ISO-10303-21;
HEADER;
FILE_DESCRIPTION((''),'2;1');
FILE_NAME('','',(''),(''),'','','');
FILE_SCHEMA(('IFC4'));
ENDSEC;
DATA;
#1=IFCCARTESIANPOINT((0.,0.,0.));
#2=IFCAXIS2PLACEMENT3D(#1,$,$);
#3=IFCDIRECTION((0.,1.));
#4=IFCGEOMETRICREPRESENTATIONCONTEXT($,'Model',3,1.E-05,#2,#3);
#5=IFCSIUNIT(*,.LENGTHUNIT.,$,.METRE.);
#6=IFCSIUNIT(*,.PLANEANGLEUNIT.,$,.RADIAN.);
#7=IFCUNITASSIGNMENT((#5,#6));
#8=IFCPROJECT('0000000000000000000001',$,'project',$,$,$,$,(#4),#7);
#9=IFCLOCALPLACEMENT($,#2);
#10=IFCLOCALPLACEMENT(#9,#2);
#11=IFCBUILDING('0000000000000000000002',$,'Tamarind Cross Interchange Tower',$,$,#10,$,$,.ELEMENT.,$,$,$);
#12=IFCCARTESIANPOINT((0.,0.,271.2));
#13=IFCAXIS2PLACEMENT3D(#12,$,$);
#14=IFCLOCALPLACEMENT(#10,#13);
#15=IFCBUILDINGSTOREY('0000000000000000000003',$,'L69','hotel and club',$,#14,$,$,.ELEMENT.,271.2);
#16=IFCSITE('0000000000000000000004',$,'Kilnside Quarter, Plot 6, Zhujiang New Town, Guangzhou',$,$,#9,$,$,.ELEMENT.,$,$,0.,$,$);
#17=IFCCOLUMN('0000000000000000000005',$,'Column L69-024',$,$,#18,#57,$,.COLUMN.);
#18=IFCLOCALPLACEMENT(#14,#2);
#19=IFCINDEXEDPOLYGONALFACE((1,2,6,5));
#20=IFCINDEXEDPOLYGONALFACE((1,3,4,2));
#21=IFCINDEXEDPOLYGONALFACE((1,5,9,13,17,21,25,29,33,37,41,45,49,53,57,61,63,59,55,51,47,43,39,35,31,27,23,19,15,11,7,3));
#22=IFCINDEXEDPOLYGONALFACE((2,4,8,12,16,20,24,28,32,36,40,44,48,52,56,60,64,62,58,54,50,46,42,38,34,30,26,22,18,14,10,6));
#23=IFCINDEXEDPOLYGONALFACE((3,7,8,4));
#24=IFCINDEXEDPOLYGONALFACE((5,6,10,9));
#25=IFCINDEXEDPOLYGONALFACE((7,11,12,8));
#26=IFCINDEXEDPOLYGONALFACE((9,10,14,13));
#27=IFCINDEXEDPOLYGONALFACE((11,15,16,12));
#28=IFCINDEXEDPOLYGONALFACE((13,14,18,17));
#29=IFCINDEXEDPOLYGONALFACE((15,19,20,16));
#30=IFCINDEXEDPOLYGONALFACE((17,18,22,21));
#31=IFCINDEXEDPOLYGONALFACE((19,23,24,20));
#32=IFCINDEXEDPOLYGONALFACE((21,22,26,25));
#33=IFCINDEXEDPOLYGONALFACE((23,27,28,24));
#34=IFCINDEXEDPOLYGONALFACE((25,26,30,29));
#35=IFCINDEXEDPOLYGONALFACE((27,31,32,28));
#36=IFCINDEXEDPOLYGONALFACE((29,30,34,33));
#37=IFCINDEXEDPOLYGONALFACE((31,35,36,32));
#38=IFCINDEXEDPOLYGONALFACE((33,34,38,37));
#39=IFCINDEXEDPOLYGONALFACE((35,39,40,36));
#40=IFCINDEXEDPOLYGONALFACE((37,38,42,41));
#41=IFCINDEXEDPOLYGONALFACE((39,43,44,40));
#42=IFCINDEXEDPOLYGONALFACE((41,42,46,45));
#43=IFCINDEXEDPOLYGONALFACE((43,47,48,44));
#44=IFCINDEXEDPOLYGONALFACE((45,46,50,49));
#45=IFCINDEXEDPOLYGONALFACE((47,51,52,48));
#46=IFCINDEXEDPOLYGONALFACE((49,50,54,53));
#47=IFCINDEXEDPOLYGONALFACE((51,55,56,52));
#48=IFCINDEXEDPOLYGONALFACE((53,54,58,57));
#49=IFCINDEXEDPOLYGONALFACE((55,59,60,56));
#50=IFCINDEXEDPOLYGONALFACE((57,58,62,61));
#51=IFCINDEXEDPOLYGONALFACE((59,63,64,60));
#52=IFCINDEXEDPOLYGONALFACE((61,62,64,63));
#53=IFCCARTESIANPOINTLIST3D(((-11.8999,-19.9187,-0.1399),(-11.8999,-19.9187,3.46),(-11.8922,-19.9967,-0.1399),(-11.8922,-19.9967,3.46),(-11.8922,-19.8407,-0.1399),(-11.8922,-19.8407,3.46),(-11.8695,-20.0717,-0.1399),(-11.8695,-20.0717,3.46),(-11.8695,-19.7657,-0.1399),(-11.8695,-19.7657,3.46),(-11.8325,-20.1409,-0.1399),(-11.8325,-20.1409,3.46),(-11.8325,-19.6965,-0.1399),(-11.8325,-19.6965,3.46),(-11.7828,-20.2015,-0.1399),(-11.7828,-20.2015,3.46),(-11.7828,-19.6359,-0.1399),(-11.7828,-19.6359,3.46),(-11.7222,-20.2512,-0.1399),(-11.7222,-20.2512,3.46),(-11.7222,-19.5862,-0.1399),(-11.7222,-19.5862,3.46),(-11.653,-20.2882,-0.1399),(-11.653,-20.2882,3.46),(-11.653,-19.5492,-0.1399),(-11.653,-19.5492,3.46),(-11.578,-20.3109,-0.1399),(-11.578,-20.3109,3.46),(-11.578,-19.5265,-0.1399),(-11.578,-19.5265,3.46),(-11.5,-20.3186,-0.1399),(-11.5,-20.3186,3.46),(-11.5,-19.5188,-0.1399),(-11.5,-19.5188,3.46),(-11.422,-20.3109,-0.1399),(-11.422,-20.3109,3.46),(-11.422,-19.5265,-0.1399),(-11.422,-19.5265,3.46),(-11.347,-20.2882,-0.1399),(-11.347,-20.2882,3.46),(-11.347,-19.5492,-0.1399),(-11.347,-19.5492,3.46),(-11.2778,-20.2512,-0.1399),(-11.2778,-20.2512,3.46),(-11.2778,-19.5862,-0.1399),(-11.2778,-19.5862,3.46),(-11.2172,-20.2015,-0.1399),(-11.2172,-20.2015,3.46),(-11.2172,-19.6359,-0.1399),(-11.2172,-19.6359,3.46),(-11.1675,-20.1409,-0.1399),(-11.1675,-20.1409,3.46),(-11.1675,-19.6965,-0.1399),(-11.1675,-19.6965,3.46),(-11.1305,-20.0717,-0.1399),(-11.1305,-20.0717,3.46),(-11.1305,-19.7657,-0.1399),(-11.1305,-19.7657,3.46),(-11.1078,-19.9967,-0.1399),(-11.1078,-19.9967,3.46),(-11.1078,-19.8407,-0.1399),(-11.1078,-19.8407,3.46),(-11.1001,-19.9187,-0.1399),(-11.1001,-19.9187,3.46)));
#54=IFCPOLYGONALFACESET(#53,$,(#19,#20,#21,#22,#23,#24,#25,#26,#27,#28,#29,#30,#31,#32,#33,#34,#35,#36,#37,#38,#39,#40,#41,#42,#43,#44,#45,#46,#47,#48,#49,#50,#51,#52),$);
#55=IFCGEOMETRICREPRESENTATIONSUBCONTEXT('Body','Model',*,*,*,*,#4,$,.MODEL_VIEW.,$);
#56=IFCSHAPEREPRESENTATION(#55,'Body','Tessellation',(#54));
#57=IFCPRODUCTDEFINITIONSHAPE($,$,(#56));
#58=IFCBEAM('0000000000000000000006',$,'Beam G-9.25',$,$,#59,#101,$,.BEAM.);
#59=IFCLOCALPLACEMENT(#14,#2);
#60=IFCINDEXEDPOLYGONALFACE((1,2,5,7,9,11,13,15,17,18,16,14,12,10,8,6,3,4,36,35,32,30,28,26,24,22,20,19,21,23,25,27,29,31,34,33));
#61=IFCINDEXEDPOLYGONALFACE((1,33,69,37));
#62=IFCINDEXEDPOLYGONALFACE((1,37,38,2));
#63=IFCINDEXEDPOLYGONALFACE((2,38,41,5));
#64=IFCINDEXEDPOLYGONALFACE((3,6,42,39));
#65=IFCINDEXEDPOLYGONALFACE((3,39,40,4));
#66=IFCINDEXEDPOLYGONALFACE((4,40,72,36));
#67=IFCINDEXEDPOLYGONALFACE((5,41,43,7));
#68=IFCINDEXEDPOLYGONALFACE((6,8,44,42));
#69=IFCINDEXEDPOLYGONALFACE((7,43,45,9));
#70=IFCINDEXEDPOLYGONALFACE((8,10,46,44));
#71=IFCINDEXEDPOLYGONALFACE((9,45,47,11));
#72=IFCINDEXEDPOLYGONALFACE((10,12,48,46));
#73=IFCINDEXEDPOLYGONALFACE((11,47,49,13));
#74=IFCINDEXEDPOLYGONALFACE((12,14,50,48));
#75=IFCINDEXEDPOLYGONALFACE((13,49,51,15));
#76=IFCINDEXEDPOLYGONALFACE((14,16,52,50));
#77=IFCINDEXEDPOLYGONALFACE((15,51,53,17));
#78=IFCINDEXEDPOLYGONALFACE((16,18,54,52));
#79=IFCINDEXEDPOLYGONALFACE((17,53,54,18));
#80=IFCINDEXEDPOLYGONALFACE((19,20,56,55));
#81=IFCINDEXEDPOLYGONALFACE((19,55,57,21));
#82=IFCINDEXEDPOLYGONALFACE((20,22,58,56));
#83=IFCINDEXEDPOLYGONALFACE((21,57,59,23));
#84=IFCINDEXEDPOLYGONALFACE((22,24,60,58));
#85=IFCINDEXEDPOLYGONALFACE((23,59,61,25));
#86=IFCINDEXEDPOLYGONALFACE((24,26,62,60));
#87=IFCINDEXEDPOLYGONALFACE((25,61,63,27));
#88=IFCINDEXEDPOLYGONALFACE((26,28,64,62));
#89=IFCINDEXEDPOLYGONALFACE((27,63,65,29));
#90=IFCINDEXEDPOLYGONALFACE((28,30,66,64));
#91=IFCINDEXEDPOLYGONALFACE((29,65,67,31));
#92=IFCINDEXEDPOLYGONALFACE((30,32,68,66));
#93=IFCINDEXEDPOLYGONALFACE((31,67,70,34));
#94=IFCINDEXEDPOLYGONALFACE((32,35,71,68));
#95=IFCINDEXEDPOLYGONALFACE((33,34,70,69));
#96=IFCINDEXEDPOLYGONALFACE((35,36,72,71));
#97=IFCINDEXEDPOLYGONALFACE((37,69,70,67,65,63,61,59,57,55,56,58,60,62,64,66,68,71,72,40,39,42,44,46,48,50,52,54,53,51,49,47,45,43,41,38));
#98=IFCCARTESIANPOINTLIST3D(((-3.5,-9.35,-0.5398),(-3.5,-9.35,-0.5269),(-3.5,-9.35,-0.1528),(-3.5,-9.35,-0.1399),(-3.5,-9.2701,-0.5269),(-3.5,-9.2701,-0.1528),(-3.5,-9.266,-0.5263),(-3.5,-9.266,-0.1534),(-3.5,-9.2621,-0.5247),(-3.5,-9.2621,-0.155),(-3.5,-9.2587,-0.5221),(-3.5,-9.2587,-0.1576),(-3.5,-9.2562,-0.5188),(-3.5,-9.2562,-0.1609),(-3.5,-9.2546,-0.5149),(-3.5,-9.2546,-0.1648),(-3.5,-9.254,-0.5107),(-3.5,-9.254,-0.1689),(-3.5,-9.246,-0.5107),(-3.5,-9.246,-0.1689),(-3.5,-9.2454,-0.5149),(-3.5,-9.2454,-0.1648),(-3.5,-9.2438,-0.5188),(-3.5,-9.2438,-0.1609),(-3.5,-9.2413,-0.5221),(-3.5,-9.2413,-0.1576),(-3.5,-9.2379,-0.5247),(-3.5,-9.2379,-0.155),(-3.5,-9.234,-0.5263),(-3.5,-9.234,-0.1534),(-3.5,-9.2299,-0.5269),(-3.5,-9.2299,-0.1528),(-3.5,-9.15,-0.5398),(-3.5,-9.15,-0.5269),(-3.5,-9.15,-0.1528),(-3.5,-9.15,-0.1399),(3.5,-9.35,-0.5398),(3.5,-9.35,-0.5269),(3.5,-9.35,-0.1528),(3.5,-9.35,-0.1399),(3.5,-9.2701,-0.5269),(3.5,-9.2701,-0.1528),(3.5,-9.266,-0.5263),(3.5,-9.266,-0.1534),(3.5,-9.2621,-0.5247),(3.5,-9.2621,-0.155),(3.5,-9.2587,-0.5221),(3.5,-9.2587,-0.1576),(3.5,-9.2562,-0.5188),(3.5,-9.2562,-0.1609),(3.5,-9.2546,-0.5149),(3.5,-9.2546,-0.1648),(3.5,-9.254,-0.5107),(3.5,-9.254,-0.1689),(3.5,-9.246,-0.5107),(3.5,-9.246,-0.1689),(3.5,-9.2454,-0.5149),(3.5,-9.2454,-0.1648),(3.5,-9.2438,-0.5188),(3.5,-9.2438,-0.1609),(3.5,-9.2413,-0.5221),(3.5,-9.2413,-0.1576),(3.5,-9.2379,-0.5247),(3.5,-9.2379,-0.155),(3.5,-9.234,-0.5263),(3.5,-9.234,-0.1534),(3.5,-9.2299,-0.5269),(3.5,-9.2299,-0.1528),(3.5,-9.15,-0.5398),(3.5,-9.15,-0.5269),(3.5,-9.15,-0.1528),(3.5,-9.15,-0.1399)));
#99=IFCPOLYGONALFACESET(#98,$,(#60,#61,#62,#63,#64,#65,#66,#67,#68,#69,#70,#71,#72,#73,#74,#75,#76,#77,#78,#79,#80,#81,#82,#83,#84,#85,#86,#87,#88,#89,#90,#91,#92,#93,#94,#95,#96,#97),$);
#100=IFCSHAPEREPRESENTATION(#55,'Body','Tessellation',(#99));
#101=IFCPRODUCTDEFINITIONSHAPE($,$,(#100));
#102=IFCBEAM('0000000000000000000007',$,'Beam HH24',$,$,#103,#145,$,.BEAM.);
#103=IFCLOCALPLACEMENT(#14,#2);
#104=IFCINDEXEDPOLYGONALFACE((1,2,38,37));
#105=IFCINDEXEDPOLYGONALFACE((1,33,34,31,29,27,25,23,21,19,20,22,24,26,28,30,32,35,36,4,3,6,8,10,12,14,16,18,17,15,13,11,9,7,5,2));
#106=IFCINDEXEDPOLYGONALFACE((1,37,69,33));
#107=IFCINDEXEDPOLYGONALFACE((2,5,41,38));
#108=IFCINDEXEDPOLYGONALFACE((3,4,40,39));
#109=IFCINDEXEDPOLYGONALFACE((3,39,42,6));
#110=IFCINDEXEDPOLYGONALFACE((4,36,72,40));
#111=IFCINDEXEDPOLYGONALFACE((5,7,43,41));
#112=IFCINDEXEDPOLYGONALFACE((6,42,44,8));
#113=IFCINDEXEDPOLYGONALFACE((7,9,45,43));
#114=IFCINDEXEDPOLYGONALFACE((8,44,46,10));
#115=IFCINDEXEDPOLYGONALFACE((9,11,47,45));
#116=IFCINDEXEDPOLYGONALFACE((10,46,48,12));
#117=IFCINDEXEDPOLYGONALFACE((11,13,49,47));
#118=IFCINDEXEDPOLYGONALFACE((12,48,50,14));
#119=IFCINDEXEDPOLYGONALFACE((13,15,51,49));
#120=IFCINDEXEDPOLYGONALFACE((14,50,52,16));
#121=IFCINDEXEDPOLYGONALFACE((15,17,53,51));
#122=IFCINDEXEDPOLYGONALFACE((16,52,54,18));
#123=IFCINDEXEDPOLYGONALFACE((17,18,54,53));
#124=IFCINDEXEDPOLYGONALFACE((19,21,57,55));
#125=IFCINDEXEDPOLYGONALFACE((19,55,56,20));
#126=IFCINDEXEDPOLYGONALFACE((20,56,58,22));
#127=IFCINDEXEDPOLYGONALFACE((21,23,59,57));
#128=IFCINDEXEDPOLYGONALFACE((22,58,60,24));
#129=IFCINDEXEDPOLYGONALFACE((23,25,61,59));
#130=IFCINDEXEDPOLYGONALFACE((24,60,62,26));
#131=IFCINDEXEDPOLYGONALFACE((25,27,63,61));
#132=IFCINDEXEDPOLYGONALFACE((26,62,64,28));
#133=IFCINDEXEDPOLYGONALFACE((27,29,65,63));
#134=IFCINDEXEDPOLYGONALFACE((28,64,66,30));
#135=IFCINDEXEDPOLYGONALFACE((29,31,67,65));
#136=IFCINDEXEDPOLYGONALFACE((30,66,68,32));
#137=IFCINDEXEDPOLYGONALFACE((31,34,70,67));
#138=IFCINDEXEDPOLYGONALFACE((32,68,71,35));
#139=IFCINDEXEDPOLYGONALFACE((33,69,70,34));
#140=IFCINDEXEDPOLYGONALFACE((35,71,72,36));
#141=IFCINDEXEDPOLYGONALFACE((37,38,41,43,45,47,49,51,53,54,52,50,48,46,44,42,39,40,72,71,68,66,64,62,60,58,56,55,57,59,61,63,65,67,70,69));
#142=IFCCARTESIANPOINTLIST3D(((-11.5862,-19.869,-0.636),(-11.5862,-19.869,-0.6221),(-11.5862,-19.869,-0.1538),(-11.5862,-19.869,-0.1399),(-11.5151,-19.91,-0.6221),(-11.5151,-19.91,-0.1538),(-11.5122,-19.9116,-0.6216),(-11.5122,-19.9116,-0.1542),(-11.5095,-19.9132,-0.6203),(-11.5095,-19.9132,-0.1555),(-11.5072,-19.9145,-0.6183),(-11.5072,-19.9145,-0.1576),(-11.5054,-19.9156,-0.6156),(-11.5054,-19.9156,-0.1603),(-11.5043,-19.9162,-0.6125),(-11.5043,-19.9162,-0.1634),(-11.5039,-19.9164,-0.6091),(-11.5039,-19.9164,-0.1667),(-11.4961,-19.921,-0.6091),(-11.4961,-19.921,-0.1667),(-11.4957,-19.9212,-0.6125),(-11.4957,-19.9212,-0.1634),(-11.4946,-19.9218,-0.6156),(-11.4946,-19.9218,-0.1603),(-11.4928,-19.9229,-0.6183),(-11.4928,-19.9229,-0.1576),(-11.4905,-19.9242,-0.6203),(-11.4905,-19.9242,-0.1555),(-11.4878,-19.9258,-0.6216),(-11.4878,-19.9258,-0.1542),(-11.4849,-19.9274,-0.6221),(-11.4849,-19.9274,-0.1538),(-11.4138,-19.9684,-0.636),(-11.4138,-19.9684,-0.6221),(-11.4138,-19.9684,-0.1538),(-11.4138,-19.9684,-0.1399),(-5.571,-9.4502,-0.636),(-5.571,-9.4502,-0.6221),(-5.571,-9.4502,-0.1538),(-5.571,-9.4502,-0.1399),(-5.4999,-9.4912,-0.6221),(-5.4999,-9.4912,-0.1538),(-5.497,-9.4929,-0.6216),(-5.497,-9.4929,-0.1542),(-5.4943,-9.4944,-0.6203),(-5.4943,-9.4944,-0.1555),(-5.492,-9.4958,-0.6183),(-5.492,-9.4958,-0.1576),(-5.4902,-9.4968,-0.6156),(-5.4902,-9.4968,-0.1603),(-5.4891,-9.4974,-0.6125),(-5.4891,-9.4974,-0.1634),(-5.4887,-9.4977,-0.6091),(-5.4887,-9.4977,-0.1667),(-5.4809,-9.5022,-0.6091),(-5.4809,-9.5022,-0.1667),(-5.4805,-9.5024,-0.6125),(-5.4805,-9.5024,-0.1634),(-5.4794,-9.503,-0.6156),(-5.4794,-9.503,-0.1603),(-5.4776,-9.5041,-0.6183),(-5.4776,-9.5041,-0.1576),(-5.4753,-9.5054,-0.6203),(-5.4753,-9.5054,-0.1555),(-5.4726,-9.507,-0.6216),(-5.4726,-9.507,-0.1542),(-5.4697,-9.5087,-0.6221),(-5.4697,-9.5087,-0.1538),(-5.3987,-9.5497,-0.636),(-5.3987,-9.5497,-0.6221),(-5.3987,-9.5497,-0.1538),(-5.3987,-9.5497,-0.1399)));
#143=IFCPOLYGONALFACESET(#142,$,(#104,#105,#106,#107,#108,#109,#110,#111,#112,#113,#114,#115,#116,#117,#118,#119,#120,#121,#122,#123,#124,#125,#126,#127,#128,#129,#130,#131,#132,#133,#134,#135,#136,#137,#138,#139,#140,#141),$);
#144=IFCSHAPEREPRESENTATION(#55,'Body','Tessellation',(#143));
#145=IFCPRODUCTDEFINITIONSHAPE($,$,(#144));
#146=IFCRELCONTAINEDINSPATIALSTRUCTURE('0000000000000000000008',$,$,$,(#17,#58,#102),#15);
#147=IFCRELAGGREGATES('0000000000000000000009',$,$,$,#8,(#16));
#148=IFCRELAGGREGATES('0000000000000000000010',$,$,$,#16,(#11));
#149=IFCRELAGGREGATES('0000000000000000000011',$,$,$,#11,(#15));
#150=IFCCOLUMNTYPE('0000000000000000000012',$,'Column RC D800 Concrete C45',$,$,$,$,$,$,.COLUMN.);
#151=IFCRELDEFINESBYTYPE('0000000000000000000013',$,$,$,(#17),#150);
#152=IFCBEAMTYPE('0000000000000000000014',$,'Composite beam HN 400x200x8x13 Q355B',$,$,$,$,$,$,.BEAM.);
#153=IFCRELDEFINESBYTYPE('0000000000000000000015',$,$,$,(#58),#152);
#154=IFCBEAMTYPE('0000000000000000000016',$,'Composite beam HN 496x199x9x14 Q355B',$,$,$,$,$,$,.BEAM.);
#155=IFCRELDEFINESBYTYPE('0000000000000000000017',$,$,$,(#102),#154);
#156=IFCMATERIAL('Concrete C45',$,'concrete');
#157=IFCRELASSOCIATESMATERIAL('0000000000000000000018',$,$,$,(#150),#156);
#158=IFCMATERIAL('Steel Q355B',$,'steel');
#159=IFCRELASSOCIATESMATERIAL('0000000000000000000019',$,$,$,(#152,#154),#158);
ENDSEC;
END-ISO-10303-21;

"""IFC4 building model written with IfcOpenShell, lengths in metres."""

from ifc_helpers import new_model, si_unit, direction, frame, origin, origin_2d, place, context, subcontext, project, spatial, circle, i_section, extrude, material, material_profile, profile_set, type_object, element, save


model = new_model("IFC4")

# Units and contexts
model_context = context("Model", 3, precision=1e-05, world=origin(), true_north=direction((0.0, 1.0)))
body_context = subcontext(model_context, "Body", "Model", "MODEL_VIEW")
ifc_project = project(units=[si_unit("LENGTHUNIT", "METRE"), si_unit("PLANEANGLEUNIT", "RADIAN")], contexts=[model_context])

# Site, building, storey
site_placement = place(None, origin())
site = spatial("IfcSite", under=ifc_project, at=site_placement, Name="Kilnside Quarter, Plot 6, Zhujiang New Town, Guangzhou", CompositionType="ELEMENT", RefElevation=0.0)
building_placement = place(site_placement, origin())
building = spatial("IfcBuilding", under=site, at=building_placement, Name="Tamarind Cross Interchange Tower", CompositionType="ELEMENT")
storey_placement = place(building_placement, frame((0.0, 0.0, 271.2)))
storey = spatial("IfcBuildingStorey", under=building, at=storey_placement, Name="L69", Description="hotel and club", CompositionType="ELEMENT", Elevation=271.2)

# Column
ifc_material_1 = material(Name="Concrete C45", Category="concrete")
ifc_material_profile_1 = material_profile(ifc_material_1, circle(Radius=0.3999, at=origin_2d()), Name="RC D800")
ifc_profile_set_1 = profile_set([ifc_material_profile_1], Name="Concrete C45")
column_type = type_object("IfcColumnType", Name="Column RC D800 Concrete C45", PredefinedType="COLUMN", material=ifc_profile_set_1)
column_placement = place(storey_placement, frame((-11.5, -19.9187, -0.1399), z_axis=(0.0, 0.0, 1.0), x_axis=(1.0, 0.0, 0.0)))
element("IfcColumn", 1, at=column_placement, inside=storey, type_object=column_type, Name="Column L69-024", PredefinedType="COLUMN", context=body_context, shape_type="SweptSolid", body=[
    extrude(circle(Radius=0.3999, at=origin_2d()), origin(), (0.0, 0.0, 1.0), 3.5999),
])

# Beams
ifc_material_2 = material(Name="Steel Q355B", Category="steel")
ifc_material_profile_2 = material_profile(ifc_material_2, i_section(OverallWidth=0.2, OverallDepth=0.3999, WebThickness=0.0081, FlangeThickness=0.0129, FilletRadius=0.0161, at=origin_2d()), Name="HN 400x200x8x13")
ifc_profile_set_2 = profile_set([ifc_material_profile_2], Name="Steel Q355B")
beam_type_1 = type_object("IfcBeamType", Name="Composite beam HN 400x200x8x13 Q355B", PredefinedType="BEAM", material=ifc_profile_set_2)
beam_1_placement = place(storey_placement, frame((-3.5, -9.25, -0.3398), z_axis=(1.0, 0.0, 0.0), x_axis=(0.0, 1.0, 0.0)))
element("IfcBeam", 2, at=beam_1_placement, inside=storey, type_object=beam_type_1, Name="Beam G-9.25", PredefinedType="BEAM", context=body_context, shape_type="SweptSolid", body=[
    extrude(i_section(OverallWidth=0.2, OverallDepth=0.3999, WebThickness=0.0081, FlangeThickness=0.0129, FilletRadius=0.0161, at=origin_2d()), origin(), (0.0, 0.0, 1.0), 7.0),
])
ifc_material_profile_3 = material_profile(ifc_material_2, i_section(OverallWidth=0.199, OverallDepth=0.4961, WebThickness=0.009, FlangeThickness=0.0139, FilletRadius=0.0129, at=origin_2d()), Name="HN 496x199x9x14")
ifc_profile_set_3 = profile_set([ifc_material_profile_3], Name="Steel Q355B")
beam_type_2 = type_object("IfcBeamType", Name="Composite beam HN 496x199x9x14 Q355B", PredefinedType="BEAM", material=ifc_profile_set_3)
beam_2_placement = place(storey_placement, frame((-11.5, -19.9187, -0.3879), z_axis=(0.499994, 0.866029, 0.0), x_axis=(-0.866029, 0.499994, 0.0)))
element("IfcBeam", 3, at=beam_2_placement, inside=storey, type_object=beam_type_2, Name="Beam HH24", PredefinedType="BEAM", context=body_context, shape_type="SweptSolid", body=[
    extrude(i_section(OverallWidth=0.199, OverallDepth=0.4961, WebThickness=0.009, FlangeThickness=0.0139, FilletRadius=0.0129, at=origin_2d()), origin(), (0.0, 0.0, 1.0), 12.0305),
])

save(model, "model.ifc")
